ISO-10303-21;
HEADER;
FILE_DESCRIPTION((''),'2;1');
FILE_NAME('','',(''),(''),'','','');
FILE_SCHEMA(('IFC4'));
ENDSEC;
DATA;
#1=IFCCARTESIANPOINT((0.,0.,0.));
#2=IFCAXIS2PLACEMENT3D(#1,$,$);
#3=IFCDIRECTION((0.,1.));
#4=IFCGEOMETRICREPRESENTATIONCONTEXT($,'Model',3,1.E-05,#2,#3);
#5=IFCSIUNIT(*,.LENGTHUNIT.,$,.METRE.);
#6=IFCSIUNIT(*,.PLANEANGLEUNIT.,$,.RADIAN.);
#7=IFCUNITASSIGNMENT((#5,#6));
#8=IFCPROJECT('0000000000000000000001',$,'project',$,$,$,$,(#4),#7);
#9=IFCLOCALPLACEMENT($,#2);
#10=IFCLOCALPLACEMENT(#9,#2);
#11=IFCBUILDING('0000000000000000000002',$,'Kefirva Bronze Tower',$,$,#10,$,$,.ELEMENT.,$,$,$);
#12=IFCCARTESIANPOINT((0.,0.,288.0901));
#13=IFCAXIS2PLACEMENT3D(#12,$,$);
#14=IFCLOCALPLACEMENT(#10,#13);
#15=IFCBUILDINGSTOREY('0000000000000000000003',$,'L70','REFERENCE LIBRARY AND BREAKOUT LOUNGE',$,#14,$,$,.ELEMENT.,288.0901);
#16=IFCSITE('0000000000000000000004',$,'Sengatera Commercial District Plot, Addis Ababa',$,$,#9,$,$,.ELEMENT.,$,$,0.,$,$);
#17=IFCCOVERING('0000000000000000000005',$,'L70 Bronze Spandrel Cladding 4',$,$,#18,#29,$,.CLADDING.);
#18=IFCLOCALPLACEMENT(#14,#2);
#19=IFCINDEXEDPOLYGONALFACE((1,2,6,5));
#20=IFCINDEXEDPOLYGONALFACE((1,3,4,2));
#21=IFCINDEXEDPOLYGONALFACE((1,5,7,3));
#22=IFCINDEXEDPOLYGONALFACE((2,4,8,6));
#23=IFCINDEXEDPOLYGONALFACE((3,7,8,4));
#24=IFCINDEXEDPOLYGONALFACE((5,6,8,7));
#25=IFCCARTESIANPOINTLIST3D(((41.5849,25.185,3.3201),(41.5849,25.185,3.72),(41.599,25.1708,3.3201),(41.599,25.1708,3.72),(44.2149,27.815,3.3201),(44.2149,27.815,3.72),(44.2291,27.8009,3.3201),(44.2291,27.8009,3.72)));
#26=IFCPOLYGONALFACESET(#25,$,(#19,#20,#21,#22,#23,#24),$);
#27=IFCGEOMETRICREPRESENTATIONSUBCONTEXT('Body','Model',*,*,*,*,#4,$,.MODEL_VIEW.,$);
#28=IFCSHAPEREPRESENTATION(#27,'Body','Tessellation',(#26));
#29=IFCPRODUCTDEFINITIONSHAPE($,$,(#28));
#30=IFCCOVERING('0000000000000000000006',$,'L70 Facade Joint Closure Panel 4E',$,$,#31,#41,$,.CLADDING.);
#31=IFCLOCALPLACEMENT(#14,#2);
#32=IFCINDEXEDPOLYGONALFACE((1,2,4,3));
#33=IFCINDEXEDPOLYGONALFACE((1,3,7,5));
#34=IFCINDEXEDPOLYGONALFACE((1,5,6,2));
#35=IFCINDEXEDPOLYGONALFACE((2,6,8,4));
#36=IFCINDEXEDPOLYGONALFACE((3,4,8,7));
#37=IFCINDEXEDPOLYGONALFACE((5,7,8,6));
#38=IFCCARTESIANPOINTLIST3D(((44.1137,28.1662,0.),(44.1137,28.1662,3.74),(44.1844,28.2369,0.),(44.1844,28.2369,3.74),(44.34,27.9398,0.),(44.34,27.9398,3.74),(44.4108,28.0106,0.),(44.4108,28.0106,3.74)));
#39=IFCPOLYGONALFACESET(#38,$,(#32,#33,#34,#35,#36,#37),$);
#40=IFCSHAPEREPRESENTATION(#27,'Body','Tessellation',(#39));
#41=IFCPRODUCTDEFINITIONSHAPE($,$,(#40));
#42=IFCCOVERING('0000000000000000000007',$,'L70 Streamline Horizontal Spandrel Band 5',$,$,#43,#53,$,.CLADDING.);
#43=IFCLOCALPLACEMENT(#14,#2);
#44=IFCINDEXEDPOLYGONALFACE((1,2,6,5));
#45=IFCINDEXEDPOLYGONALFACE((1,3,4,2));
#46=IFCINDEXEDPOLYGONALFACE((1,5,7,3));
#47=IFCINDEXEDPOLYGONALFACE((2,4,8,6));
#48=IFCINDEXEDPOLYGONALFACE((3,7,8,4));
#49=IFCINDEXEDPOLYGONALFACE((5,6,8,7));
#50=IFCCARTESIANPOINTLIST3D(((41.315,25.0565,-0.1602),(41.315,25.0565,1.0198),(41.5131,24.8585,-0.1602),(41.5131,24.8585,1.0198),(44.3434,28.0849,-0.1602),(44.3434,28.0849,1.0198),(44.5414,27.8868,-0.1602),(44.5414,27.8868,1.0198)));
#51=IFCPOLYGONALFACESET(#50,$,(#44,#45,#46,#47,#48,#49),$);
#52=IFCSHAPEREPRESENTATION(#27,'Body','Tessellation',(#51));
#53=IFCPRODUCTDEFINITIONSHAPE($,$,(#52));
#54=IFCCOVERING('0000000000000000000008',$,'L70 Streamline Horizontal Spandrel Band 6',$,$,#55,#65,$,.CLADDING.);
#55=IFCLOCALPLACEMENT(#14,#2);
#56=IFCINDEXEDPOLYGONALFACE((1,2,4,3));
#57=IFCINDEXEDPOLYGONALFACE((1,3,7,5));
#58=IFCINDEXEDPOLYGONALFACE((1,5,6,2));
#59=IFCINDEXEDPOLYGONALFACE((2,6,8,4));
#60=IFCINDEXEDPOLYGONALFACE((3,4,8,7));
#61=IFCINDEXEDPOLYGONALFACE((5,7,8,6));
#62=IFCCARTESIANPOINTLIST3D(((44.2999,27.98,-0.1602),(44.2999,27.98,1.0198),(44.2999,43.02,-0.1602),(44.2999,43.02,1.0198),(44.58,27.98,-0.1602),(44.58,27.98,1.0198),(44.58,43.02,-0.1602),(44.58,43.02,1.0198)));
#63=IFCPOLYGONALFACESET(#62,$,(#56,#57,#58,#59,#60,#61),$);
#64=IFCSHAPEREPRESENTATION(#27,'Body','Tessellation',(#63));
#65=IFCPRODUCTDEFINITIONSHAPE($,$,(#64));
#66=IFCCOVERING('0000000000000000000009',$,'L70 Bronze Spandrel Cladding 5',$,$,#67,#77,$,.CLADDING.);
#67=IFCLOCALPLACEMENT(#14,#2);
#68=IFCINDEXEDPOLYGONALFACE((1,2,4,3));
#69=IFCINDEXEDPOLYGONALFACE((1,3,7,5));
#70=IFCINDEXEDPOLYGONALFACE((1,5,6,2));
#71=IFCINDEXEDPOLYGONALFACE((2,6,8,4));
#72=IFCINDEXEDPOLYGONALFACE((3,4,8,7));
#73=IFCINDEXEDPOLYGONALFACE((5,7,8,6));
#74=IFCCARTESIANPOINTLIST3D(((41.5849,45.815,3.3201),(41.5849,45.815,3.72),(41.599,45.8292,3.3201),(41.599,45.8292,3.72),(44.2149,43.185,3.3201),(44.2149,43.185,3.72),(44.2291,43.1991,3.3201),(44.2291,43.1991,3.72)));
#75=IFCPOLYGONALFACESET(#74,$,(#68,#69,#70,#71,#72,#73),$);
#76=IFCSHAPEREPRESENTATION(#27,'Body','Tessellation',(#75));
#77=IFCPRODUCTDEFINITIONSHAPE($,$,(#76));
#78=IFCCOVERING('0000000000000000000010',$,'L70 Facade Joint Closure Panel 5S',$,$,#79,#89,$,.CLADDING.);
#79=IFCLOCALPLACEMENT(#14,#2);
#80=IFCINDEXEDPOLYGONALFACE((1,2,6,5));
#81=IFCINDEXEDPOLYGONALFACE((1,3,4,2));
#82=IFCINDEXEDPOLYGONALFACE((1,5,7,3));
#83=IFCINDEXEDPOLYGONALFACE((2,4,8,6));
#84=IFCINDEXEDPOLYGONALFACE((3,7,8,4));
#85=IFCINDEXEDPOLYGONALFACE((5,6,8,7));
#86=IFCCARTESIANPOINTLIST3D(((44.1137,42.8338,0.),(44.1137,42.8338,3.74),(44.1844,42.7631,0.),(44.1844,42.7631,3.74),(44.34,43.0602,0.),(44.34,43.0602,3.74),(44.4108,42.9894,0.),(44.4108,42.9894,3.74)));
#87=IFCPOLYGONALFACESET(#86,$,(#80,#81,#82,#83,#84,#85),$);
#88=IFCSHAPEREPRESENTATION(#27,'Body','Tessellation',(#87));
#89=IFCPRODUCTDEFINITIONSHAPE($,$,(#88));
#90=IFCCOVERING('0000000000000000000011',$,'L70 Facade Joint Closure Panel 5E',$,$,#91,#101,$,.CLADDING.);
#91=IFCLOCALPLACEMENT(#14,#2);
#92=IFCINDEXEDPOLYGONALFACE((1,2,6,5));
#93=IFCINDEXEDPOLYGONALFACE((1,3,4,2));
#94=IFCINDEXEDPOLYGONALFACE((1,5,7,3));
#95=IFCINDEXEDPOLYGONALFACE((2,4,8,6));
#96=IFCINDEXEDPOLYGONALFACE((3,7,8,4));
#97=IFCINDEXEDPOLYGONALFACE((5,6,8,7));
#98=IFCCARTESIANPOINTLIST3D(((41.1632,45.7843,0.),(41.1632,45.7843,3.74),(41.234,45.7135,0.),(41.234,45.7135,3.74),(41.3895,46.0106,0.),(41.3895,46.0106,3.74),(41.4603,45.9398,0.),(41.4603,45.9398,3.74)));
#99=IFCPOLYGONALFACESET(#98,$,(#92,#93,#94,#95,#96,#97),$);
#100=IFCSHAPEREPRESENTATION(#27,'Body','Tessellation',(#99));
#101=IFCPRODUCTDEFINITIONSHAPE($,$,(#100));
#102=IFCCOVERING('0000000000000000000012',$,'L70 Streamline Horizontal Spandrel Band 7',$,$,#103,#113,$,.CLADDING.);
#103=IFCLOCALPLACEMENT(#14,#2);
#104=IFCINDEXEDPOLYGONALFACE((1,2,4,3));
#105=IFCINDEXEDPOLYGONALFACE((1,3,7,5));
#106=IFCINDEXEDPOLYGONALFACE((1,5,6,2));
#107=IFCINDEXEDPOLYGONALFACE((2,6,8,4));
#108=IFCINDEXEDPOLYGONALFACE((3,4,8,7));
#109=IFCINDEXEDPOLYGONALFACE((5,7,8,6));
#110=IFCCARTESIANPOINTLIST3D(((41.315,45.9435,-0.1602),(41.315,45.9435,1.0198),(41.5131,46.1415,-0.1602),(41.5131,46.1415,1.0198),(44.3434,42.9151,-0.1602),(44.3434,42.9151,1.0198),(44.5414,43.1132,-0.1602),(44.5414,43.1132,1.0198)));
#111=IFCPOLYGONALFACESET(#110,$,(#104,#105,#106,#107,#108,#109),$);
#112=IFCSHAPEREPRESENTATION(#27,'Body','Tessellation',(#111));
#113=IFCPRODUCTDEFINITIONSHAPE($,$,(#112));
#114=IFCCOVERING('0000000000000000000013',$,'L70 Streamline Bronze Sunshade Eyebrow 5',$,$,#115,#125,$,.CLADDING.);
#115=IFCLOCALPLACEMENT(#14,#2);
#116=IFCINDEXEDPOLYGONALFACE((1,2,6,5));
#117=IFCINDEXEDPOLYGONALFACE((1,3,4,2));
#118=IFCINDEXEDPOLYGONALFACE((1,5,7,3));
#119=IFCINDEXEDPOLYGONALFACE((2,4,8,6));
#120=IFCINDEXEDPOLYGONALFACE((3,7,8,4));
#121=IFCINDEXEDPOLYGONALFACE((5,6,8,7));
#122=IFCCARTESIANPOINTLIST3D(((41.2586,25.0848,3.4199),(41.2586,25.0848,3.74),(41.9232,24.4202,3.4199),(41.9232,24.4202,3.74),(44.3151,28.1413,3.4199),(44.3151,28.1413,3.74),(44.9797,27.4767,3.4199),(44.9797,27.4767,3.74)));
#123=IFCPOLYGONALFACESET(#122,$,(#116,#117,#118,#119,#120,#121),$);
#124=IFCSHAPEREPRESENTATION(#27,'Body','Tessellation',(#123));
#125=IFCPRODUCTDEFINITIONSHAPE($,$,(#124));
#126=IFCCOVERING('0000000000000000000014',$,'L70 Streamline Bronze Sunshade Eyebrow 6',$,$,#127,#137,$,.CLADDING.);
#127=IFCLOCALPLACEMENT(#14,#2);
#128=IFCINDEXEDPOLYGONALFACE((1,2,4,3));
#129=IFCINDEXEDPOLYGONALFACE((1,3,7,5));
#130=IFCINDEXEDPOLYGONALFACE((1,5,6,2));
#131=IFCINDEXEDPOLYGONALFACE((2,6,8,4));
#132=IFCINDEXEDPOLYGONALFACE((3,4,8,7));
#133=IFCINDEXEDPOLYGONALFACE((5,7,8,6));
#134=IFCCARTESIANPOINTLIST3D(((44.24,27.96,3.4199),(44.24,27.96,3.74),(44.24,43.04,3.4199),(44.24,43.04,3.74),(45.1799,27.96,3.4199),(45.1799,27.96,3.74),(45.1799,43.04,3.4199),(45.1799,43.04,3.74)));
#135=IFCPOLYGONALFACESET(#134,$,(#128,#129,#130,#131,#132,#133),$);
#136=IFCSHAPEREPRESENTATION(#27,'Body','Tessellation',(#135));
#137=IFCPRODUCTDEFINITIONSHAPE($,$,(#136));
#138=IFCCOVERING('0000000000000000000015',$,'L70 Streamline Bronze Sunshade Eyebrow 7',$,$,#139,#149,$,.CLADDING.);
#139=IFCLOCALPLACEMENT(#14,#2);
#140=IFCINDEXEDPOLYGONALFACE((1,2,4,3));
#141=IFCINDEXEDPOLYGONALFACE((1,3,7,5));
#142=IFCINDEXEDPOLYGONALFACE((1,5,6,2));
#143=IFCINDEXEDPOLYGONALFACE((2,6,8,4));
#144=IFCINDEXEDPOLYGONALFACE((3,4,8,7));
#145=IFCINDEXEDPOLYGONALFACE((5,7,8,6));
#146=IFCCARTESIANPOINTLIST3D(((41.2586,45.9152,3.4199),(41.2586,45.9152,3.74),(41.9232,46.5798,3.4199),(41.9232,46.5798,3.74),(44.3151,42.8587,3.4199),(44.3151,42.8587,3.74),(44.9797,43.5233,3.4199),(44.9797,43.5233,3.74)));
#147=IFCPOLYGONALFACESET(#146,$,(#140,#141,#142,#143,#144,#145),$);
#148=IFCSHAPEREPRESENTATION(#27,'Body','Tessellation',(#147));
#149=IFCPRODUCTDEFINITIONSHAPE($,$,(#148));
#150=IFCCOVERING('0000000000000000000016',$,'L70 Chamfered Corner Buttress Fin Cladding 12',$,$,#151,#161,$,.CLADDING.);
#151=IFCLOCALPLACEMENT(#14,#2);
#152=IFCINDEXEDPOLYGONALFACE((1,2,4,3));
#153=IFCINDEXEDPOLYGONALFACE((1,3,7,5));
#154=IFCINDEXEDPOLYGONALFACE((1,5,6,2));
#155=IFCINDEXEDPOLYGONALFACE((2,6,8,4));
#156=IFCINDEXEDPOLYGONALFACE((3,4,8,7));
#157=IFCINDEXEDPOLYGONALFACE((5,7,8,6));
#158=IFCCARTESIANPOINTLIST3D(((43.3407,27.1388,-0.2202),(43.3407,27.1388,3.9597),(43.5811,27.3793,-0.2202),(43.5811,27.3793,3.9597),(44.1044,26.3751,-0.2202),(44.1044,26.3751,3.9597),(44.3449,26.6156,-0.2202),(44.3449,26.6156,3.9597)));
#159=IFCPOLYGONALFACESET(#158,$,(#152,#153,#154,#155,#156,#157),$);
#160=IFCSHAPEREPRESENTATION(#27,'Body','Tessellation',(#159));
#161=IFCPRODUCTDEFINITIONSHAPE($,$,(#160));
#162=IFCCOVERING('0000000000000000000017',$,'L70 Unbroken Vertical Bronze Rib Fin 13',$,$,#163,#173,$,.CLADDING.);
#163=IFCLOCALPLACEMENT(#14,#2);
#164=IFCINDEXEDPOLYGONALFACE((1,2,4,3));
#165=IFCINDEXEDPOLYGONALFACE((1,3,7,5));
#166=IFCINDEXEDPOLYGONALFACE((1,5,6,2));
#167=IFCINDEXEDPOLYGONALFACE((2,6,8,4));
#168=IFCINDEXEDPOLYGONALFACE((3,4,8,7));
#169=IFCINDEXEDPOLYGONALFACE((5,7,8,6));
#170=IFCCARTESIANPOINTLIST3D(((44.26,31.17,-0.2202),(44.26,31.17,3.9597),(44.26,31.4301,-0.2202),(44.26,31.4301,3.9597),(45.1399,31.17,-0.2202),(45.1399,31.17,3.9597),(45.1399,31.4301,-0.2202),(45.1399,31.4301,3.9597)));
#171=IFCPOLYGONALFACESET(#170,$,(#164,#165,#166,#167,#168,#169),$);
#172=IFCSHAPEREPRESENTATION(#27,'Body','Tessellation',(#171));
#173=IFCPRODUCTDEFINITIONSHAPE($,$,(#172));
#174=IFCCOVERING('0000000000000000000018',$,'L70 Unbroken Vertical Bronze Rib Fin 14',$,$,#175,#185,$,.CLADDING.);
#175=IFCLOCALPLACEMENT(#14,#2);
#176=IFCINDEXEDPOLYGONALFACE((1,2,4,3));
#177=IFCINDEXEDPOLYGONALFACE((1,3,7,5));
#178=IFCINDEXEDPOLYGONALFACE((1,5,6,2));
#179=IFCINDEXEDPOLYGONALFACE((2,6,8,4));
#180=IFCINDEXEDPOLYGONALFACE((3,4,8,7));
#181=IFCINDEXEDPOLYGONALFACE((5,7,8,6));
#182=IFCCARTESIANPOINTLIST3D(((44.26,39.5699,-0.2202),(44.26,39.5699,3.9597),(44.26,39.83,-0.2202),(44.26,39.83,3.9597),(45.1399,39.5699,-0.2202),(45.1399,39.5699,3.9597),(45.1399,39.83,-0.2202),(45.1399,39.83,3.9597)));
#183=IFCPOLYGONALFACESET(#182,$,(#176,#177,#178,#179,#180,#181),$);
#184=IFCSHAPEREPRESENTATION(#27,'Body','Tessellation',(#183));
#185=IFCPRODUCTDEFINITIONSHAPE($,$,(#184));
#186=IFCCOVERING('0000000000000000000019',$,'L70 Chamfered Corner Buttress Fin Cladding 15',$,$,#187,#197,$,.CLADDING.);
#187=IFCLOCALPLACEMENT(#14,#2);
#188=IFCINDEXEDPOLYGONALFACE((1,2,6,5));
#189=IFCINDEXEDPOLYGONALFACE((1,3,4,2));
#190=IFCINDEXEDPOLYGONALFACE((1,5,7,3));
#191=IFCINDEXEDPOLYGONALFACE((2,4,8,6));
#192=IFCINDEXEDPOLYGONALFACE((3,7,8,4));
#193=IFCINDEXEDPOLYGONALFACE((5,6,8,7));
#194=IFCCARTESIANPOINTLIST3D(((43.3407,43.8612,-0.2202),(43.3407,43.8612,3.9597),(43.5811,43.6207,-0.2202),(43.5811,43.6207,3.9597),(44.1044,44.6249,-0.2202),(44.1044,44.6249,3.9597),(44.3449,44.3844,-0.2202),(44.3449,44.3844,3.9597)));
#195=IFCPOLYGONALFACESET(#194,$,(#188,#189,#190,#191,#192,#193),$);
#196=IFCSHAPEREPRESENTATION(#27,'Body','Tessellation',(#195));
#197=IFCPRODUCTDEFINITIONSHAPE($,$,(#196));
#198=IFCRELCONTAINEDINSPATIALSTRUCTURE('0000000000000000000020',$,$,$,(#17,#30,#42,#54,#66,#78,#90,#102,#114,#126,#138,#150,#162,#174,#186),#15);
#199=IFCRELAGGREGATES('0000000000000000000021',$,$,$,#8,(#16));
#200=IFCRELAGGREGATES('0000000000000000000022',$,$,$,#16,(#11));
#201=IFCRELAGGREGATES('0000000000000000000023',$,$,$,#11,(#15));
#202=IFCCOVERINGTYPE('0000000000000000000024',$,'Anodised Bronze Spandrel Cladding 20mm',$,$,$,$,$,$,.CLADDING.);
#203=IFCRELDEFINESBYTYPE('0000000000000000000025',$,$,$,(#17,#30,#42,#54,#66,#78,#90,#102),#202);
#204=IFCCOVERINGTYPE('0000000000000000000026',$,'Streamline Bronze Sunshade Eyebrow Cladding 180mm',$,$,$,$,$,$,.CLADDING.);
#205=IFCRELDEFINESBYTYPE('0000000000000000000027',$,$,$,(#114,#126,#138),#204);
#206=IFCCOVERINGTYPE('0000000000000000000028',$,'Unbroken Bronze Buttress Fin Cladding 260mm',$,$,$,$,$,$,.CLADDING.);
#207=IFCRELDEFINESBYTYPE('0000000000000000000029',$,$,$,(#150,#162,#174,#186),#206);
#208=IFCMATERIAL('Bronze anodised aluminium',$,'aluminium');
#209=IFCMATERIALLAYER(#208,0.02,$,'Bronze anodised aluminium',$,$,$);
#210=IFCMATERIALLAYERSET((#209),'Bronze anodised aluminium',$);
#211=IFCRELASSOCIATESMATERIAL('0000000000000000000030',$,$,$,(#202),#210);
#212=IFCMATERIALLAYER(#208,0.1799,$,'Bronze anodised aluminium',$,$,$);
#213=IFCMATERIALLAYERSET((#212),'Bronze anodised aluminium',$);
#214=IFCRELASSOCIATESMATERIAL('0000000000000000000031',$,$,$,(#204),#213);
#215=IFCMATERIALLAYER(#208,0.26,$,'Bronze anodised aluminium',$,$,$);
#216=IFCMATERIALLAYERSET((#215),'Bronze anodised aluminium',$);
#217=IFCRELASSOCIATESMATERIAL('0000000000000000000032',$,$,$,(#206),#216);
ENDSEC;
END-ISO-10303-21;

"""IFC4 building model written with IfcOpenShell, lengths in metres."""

from ifc_helpers import new_model, si_unit, direction, frame, origin, origin_2d, place, context, subcontext, project, spatial, rectangle, extrude, material, layer, layer_set, type_object, element, save


model = new_model("IFC4")

# Units and contexts
model_context = context("Model", 3, precision=1e-05, world=origin(), true_north=direction((0.0, 1.0)))
body_context = subcontext(model_context, "Body", "Model", "MODEL_VIEW")
ifc_project = project(units=[si_unit("LENGTHUNIT", "METRE"), si_unit("PLANEANGLEUNIT", "RADIAN")], contexts=[model_context])

# Site, building, storey
site_placement = place(None, origin())
site = spatial("IfcSite", under=ifc_project, at=site_placement, Name="Sengatera Commercial District Plot, Addis Ababa", CompositionType="ELEMENT", RefElevation=0.0)
building_placement = place(site_placement, origin())
building = spatial("IfcBuilding", under=site, at=building_placement, Name="Kefirva Bronze Tower", CompositionType="ELEMENT")
storey_placement = place(building_placement, frame((0.0, 0.0, 288.0901)))
storey = spatial("IfcBuildingStorey", under=building, at=storey_placement, Name="L70", Description="REFERENCE LIBRARY AND BREAKOUT LOUNGE", CompositionType="ELEMENT", Elevation=288.0901)

# Shared definitions
ifc_material_1 = material(Name="Bronze anodised aluminium", Category="aluminium")

# Coverings
ifc_layer_1 = layer(ifc_material_1, 0.02, Name="Bronze anodised aluminium")
ifc_layer_set_1 = layer_set([ifc_layer_1], Name="Bronze anodised aluminium")
covering_type_1 = type_object("IfcCoveringType", Name="Anodised Bronze Spandrel Cladding 20mm", PredefinedType="CLADDING", material=ifc_layer_set_1)
covering_1_placement = place(storey_placement, frame((42.907, 26.4929, 3.3201), z_axis=(0.0, 0.0, 1.0), x_axis=(0.707107, 0.707107, 0.0)))
element("IfcCovering", 1, at=covering_1_placement, inside=storey, type_object=covering_type_1, Name="L70 Bronze Spandrel Cladding 4", PredefinedType="CLADDING", context=body_context, shape_type="SweptSolid", body=[
    extrude(rectangle(XDim=3.7195, YDim=0.02, at=origin_2d()), origin(), (0.0, 0.0, 1.0), 0.3999),
])
covering_2_placement = place(storey_placement, frame((44.2622, 28.0884, 0.0), z_axis=(0.0, 0.0, 1.0), x_axis=(0.707107, 0.707107, 0.0)))
element("IfcCovering", 2, at=covering_2_placement, inside=storey, type_object=covering_type_1, Name="L70 Facade Joint Closure Panel 4E", PredefinedType="CLADDING", context=body_context, shape_type="SweptSolid", body=[
    extrude(rectangle(XDim=0.1001, YDim=0.3201, at=origin_2d()), origin(), (0.0, 0.0, 1.0), 3.74),
])
covering_3_placement = place(storey_placement, frame((42.9282, 26.4717, -0.1602), z_axis=(0.0, 0.0, 1.0), x_axis=(0.707107, 0.707107, 0.0)))
element("IfcCovering", 3, at=covering_3_placement, inside=storey, type_object=covering_type_1, Name="L70 Streamline Horizontal Spandrel Band 5", PredefinedType="CLADDING", context=body_context, shape_type="SweptSolid", body=[
    extrude(rectangle(XDim=4.2827, YDim=0.28, at=origin_2d()), origin(), (0.0, 0.0, 1.0), 1.1799),
])
covering_4_placement = place(storey_placement, frame((44.4399, 35.5, -0.1602), z_axis=(0.0, 0.0, 1.0), x_axis=(0.0, 1.0, 0.0)))
element("IfcCovering", 4, at=covering_4_placement, inside=storey, type_object=covering_type_1, Name="L70 Streamline Horizontal Spandrel Band 6", PredefinedType="CLADDING", context=body_context, shape_type="SweptSolid", body=[
    extrude(rectangle(XDim=15.04, YDim=0.28, at=origin_2d()), origin(), (0.0, 0.0, 1.0), 1.1799),
])
covering_5_placement = place(storey_placement, frame((42.907, 44.5071, 3.3201), z_axis=(0.0, 0.0, 1.0), x_axis=(-0.707107, 0.707107, 0.0)))
element("IfcCovering", 5, at=covering_5_placement, inside=storey, type_object=covering_type_1, Name="L70 Bronze Spandrel Cladding 5", PredefinedType="CLADDING", context=body_context, shape_type="SweptSolid", body=[
    extrude(rectangle(XDim=3.7195, YDim=0.02, at=origin_2d()), origin(), (0.0, 0.0, 1.0), 0.3999),
])
for number, where, z_axis, x_axis, name in (
    (6, (44.2622, 42.9116, 0.0), (0.0, 0.0, 1.0), (-0.707107, 0.707107, 0.0), "L70 Facade Joint Closure Panel 5S"),
    (7, (41.3118, 45.8621, 0.0), (0.0, 0.0, 1.0), (-0.707107, 0.707107, 0.0), "L70 Facade Joint Closure Panel 5E"),
):
    element("IfcCovering", number, at=place(storey_placement, frame(where, z_axis=z_axis, x_axis=x_axis)), inside=storey, type_object=covering_type_1, Name=name, PredefinedType="CLADDING", context=body_context, shape_type="SweptSolid", body=[
        extrude(rectangle(XDim=0.1001, YDim=0.3201, at=origin_2d()), origin(), (0.0, 0.0, 1.0), 3.74),
    ])
covering_6_placement = place(storey_placement, frame((42.9282, 44.5283, -0.1602), z_axis=(0.0, 0.0, 1.0), x_axis=(-0.707107, 0.707107, 0.0)))
element("IfcCovering", 8, at=covering_6_placement, inside=storey, type_object=covering_type_1, Name="L70 Streamline Horizontal Spandrel Band 7", PredefinedType="CLADDING", context=body_context, shape_type="SweptSolid", body=[
    extrude(rectangle(XDim=4.2827, YDim=0.28, at=origin_2d()), origin(), (0.0, 0.0, 1.0), 1.1799),
])
ifc_layer_2 = layer(ifc_material_1, 0.1799, Name="Bronze anodised aluminium")
ifc_layer_set_2 = layer_set([ifc_layer_2], Name="Bronze anodised aluminium")
covering_type_2 = type_object("IfcCoveringType", Name="Streamline Bronze Sunshade Eyebrow Cladding 180mm", PredefinedType="CLADDING", material=ifc_layer_set_2)
covering_7_placement = place(storey_placement, frame((43.1191, 26.2808, 3.4199), z_axis=(0.0, 0.0, 1.0), x_axis=(0.707107, 0.707107, 0.0)))
element("IfcCovering", 9, at=covering_7_placement, inside=storey, type_object=covering_type_2, Name="L70 Streamline Bronze Sunshade Eyebrow 5", PredefinedType="CLADDING", context=body_context, shape_type="SweptSolid", body=[
    extrude(rectangle(XDim=4.3225, YDim=0.9399, at=origin_2d()), origin(), (0.0, 0.0, 1.0), 0.3201),
])
covering_8_placement = place(storey_placement, frame((44.71, 35.5, 3.4199), z_axis=(0.0, 0.0, 1.0), x_axis=(0.0, 1.0, 0.0)))
element("IfcCovering", 10, at=covering_8_placement, inside=storey, type_object=covering_type_2, Name="L70 Streamline Bronze Sunshade Eyebrow 6", PredefinedType="CLADDING", context=body_context, shape_type="SweptSolid", body=[
    extrude(rectangle(XDim=15.0801, YDim=0.9399, at=origin_2d()), origin(), (0.0, 0.0, 1.0), 0.3201),
])
covering_9_placement = place(storey_placement, frame((43.1191, 44.7192, 3.4199), z_axis=(0.0, 0.0, 1.0), x_axis=(-0.707107, 0.707107, 0.0)))
element("IfcCovering", 11, at=covering_9_placement, inside=storey, type_object=covering_type_2, Name="L70 Streamline Bronze Sunshade Eyebrow 7", PredefinedType="CLADDING", context=body_context, shape_type="SweptSolid", body=[
    extrude(rectangle(XDim=4.3225, YDim=0.9399, at=origin_2d()), origin(), (0.0, 0.0, 1.0), 0.3201),
])
ifc_layer_3 = layer(ifc_material_1, 0.26, Name="Bronze anodised aluminium")
ifc_layer_set_3 = layer_set([ifc_layer_3], Name="Bronze anodised aluminium")
covering_type_3 = type_object("IfcCoveringType", Name="Unbroken Bronze Buttress Fin Cladding 260mm", PredefinedType="CLADDING", material=ifc_layer_set_3)
covering_10_placement = place(storey_placement, frame((43.8428, 26.8772, -0.2202), z_axis=(0.0, 0.0, 1.0), x_axis=(0.707107, 0.707107, 0.0)))
element("IfcCovering", 12, at=covering_10_placement, inside=storey, type_object=covering_type_3, Name="L70 Chamfered Corner Buttress Fin Cladding 12", PredefinedType="CLADDING", context=body_context, shape_type="SweptSolid", body=[
    extrude(rectangle(XDim=0.3401, YDim=1.0801, at=origin_2d()), origin(), (0.0, 0.0, 1.0), 4.1799),
])
for number, where, z_axis, x_axis, name in (
    (13, (44.7, 31.3, -0.2202), (0.0, 0.0, 1.0), (0.0, 1.0, 0.0), "L70 Unbroken Vertical Bronze Rib Fin 13"),
    (14, (44.7, 39.7, -0.2202), (0.0, 0.0, 1.0), (0.0, 1.0, 0.0), "L70 Unbroken Vertical Bronze Rib Fin 14"),
):
    element("IfcCovering", number, at=place(storey_placement, frame(where, z_axis=z_axis, x_axis=x_axis)), inside=storey, type_object=covering_type_3, Name=name, PredefinedType="CLADDING", context=body_context, shape_type="SweptSolid", body=[
        extrude(rectangle(XDim=0.26, YDim=0.8799, at=origin_2d()), origin(), (0.0, 0.0, 1.0), 4.1799),
    ])
for number, where, z_axis, x_axis, name in (
    (15, (43.8428, 44.1228, -0.2202), (0.0, 0.0, 1.0), (-0.707107, 0.707107, 0.0), "L70 Chamfered Corner Buttress Fin Cladding 15"),
):
    element("IfcCovering", number, at=place(storey_placement, frame(where, z_axis=z_axis, x_axis=x_axis)), inside=storey, type_object=covering_type_3, Name=name, PredefinedType="CLADDING", context=body_context, shape_type="SweptSolid", body=[
        extrude(rectangle(XDim=0.3401, YDim=1.0801, at=origin_2d()), origin(), (0.0, 0.0, 1.0), 4.1799),
    ])

save(model, "model.ifc")
